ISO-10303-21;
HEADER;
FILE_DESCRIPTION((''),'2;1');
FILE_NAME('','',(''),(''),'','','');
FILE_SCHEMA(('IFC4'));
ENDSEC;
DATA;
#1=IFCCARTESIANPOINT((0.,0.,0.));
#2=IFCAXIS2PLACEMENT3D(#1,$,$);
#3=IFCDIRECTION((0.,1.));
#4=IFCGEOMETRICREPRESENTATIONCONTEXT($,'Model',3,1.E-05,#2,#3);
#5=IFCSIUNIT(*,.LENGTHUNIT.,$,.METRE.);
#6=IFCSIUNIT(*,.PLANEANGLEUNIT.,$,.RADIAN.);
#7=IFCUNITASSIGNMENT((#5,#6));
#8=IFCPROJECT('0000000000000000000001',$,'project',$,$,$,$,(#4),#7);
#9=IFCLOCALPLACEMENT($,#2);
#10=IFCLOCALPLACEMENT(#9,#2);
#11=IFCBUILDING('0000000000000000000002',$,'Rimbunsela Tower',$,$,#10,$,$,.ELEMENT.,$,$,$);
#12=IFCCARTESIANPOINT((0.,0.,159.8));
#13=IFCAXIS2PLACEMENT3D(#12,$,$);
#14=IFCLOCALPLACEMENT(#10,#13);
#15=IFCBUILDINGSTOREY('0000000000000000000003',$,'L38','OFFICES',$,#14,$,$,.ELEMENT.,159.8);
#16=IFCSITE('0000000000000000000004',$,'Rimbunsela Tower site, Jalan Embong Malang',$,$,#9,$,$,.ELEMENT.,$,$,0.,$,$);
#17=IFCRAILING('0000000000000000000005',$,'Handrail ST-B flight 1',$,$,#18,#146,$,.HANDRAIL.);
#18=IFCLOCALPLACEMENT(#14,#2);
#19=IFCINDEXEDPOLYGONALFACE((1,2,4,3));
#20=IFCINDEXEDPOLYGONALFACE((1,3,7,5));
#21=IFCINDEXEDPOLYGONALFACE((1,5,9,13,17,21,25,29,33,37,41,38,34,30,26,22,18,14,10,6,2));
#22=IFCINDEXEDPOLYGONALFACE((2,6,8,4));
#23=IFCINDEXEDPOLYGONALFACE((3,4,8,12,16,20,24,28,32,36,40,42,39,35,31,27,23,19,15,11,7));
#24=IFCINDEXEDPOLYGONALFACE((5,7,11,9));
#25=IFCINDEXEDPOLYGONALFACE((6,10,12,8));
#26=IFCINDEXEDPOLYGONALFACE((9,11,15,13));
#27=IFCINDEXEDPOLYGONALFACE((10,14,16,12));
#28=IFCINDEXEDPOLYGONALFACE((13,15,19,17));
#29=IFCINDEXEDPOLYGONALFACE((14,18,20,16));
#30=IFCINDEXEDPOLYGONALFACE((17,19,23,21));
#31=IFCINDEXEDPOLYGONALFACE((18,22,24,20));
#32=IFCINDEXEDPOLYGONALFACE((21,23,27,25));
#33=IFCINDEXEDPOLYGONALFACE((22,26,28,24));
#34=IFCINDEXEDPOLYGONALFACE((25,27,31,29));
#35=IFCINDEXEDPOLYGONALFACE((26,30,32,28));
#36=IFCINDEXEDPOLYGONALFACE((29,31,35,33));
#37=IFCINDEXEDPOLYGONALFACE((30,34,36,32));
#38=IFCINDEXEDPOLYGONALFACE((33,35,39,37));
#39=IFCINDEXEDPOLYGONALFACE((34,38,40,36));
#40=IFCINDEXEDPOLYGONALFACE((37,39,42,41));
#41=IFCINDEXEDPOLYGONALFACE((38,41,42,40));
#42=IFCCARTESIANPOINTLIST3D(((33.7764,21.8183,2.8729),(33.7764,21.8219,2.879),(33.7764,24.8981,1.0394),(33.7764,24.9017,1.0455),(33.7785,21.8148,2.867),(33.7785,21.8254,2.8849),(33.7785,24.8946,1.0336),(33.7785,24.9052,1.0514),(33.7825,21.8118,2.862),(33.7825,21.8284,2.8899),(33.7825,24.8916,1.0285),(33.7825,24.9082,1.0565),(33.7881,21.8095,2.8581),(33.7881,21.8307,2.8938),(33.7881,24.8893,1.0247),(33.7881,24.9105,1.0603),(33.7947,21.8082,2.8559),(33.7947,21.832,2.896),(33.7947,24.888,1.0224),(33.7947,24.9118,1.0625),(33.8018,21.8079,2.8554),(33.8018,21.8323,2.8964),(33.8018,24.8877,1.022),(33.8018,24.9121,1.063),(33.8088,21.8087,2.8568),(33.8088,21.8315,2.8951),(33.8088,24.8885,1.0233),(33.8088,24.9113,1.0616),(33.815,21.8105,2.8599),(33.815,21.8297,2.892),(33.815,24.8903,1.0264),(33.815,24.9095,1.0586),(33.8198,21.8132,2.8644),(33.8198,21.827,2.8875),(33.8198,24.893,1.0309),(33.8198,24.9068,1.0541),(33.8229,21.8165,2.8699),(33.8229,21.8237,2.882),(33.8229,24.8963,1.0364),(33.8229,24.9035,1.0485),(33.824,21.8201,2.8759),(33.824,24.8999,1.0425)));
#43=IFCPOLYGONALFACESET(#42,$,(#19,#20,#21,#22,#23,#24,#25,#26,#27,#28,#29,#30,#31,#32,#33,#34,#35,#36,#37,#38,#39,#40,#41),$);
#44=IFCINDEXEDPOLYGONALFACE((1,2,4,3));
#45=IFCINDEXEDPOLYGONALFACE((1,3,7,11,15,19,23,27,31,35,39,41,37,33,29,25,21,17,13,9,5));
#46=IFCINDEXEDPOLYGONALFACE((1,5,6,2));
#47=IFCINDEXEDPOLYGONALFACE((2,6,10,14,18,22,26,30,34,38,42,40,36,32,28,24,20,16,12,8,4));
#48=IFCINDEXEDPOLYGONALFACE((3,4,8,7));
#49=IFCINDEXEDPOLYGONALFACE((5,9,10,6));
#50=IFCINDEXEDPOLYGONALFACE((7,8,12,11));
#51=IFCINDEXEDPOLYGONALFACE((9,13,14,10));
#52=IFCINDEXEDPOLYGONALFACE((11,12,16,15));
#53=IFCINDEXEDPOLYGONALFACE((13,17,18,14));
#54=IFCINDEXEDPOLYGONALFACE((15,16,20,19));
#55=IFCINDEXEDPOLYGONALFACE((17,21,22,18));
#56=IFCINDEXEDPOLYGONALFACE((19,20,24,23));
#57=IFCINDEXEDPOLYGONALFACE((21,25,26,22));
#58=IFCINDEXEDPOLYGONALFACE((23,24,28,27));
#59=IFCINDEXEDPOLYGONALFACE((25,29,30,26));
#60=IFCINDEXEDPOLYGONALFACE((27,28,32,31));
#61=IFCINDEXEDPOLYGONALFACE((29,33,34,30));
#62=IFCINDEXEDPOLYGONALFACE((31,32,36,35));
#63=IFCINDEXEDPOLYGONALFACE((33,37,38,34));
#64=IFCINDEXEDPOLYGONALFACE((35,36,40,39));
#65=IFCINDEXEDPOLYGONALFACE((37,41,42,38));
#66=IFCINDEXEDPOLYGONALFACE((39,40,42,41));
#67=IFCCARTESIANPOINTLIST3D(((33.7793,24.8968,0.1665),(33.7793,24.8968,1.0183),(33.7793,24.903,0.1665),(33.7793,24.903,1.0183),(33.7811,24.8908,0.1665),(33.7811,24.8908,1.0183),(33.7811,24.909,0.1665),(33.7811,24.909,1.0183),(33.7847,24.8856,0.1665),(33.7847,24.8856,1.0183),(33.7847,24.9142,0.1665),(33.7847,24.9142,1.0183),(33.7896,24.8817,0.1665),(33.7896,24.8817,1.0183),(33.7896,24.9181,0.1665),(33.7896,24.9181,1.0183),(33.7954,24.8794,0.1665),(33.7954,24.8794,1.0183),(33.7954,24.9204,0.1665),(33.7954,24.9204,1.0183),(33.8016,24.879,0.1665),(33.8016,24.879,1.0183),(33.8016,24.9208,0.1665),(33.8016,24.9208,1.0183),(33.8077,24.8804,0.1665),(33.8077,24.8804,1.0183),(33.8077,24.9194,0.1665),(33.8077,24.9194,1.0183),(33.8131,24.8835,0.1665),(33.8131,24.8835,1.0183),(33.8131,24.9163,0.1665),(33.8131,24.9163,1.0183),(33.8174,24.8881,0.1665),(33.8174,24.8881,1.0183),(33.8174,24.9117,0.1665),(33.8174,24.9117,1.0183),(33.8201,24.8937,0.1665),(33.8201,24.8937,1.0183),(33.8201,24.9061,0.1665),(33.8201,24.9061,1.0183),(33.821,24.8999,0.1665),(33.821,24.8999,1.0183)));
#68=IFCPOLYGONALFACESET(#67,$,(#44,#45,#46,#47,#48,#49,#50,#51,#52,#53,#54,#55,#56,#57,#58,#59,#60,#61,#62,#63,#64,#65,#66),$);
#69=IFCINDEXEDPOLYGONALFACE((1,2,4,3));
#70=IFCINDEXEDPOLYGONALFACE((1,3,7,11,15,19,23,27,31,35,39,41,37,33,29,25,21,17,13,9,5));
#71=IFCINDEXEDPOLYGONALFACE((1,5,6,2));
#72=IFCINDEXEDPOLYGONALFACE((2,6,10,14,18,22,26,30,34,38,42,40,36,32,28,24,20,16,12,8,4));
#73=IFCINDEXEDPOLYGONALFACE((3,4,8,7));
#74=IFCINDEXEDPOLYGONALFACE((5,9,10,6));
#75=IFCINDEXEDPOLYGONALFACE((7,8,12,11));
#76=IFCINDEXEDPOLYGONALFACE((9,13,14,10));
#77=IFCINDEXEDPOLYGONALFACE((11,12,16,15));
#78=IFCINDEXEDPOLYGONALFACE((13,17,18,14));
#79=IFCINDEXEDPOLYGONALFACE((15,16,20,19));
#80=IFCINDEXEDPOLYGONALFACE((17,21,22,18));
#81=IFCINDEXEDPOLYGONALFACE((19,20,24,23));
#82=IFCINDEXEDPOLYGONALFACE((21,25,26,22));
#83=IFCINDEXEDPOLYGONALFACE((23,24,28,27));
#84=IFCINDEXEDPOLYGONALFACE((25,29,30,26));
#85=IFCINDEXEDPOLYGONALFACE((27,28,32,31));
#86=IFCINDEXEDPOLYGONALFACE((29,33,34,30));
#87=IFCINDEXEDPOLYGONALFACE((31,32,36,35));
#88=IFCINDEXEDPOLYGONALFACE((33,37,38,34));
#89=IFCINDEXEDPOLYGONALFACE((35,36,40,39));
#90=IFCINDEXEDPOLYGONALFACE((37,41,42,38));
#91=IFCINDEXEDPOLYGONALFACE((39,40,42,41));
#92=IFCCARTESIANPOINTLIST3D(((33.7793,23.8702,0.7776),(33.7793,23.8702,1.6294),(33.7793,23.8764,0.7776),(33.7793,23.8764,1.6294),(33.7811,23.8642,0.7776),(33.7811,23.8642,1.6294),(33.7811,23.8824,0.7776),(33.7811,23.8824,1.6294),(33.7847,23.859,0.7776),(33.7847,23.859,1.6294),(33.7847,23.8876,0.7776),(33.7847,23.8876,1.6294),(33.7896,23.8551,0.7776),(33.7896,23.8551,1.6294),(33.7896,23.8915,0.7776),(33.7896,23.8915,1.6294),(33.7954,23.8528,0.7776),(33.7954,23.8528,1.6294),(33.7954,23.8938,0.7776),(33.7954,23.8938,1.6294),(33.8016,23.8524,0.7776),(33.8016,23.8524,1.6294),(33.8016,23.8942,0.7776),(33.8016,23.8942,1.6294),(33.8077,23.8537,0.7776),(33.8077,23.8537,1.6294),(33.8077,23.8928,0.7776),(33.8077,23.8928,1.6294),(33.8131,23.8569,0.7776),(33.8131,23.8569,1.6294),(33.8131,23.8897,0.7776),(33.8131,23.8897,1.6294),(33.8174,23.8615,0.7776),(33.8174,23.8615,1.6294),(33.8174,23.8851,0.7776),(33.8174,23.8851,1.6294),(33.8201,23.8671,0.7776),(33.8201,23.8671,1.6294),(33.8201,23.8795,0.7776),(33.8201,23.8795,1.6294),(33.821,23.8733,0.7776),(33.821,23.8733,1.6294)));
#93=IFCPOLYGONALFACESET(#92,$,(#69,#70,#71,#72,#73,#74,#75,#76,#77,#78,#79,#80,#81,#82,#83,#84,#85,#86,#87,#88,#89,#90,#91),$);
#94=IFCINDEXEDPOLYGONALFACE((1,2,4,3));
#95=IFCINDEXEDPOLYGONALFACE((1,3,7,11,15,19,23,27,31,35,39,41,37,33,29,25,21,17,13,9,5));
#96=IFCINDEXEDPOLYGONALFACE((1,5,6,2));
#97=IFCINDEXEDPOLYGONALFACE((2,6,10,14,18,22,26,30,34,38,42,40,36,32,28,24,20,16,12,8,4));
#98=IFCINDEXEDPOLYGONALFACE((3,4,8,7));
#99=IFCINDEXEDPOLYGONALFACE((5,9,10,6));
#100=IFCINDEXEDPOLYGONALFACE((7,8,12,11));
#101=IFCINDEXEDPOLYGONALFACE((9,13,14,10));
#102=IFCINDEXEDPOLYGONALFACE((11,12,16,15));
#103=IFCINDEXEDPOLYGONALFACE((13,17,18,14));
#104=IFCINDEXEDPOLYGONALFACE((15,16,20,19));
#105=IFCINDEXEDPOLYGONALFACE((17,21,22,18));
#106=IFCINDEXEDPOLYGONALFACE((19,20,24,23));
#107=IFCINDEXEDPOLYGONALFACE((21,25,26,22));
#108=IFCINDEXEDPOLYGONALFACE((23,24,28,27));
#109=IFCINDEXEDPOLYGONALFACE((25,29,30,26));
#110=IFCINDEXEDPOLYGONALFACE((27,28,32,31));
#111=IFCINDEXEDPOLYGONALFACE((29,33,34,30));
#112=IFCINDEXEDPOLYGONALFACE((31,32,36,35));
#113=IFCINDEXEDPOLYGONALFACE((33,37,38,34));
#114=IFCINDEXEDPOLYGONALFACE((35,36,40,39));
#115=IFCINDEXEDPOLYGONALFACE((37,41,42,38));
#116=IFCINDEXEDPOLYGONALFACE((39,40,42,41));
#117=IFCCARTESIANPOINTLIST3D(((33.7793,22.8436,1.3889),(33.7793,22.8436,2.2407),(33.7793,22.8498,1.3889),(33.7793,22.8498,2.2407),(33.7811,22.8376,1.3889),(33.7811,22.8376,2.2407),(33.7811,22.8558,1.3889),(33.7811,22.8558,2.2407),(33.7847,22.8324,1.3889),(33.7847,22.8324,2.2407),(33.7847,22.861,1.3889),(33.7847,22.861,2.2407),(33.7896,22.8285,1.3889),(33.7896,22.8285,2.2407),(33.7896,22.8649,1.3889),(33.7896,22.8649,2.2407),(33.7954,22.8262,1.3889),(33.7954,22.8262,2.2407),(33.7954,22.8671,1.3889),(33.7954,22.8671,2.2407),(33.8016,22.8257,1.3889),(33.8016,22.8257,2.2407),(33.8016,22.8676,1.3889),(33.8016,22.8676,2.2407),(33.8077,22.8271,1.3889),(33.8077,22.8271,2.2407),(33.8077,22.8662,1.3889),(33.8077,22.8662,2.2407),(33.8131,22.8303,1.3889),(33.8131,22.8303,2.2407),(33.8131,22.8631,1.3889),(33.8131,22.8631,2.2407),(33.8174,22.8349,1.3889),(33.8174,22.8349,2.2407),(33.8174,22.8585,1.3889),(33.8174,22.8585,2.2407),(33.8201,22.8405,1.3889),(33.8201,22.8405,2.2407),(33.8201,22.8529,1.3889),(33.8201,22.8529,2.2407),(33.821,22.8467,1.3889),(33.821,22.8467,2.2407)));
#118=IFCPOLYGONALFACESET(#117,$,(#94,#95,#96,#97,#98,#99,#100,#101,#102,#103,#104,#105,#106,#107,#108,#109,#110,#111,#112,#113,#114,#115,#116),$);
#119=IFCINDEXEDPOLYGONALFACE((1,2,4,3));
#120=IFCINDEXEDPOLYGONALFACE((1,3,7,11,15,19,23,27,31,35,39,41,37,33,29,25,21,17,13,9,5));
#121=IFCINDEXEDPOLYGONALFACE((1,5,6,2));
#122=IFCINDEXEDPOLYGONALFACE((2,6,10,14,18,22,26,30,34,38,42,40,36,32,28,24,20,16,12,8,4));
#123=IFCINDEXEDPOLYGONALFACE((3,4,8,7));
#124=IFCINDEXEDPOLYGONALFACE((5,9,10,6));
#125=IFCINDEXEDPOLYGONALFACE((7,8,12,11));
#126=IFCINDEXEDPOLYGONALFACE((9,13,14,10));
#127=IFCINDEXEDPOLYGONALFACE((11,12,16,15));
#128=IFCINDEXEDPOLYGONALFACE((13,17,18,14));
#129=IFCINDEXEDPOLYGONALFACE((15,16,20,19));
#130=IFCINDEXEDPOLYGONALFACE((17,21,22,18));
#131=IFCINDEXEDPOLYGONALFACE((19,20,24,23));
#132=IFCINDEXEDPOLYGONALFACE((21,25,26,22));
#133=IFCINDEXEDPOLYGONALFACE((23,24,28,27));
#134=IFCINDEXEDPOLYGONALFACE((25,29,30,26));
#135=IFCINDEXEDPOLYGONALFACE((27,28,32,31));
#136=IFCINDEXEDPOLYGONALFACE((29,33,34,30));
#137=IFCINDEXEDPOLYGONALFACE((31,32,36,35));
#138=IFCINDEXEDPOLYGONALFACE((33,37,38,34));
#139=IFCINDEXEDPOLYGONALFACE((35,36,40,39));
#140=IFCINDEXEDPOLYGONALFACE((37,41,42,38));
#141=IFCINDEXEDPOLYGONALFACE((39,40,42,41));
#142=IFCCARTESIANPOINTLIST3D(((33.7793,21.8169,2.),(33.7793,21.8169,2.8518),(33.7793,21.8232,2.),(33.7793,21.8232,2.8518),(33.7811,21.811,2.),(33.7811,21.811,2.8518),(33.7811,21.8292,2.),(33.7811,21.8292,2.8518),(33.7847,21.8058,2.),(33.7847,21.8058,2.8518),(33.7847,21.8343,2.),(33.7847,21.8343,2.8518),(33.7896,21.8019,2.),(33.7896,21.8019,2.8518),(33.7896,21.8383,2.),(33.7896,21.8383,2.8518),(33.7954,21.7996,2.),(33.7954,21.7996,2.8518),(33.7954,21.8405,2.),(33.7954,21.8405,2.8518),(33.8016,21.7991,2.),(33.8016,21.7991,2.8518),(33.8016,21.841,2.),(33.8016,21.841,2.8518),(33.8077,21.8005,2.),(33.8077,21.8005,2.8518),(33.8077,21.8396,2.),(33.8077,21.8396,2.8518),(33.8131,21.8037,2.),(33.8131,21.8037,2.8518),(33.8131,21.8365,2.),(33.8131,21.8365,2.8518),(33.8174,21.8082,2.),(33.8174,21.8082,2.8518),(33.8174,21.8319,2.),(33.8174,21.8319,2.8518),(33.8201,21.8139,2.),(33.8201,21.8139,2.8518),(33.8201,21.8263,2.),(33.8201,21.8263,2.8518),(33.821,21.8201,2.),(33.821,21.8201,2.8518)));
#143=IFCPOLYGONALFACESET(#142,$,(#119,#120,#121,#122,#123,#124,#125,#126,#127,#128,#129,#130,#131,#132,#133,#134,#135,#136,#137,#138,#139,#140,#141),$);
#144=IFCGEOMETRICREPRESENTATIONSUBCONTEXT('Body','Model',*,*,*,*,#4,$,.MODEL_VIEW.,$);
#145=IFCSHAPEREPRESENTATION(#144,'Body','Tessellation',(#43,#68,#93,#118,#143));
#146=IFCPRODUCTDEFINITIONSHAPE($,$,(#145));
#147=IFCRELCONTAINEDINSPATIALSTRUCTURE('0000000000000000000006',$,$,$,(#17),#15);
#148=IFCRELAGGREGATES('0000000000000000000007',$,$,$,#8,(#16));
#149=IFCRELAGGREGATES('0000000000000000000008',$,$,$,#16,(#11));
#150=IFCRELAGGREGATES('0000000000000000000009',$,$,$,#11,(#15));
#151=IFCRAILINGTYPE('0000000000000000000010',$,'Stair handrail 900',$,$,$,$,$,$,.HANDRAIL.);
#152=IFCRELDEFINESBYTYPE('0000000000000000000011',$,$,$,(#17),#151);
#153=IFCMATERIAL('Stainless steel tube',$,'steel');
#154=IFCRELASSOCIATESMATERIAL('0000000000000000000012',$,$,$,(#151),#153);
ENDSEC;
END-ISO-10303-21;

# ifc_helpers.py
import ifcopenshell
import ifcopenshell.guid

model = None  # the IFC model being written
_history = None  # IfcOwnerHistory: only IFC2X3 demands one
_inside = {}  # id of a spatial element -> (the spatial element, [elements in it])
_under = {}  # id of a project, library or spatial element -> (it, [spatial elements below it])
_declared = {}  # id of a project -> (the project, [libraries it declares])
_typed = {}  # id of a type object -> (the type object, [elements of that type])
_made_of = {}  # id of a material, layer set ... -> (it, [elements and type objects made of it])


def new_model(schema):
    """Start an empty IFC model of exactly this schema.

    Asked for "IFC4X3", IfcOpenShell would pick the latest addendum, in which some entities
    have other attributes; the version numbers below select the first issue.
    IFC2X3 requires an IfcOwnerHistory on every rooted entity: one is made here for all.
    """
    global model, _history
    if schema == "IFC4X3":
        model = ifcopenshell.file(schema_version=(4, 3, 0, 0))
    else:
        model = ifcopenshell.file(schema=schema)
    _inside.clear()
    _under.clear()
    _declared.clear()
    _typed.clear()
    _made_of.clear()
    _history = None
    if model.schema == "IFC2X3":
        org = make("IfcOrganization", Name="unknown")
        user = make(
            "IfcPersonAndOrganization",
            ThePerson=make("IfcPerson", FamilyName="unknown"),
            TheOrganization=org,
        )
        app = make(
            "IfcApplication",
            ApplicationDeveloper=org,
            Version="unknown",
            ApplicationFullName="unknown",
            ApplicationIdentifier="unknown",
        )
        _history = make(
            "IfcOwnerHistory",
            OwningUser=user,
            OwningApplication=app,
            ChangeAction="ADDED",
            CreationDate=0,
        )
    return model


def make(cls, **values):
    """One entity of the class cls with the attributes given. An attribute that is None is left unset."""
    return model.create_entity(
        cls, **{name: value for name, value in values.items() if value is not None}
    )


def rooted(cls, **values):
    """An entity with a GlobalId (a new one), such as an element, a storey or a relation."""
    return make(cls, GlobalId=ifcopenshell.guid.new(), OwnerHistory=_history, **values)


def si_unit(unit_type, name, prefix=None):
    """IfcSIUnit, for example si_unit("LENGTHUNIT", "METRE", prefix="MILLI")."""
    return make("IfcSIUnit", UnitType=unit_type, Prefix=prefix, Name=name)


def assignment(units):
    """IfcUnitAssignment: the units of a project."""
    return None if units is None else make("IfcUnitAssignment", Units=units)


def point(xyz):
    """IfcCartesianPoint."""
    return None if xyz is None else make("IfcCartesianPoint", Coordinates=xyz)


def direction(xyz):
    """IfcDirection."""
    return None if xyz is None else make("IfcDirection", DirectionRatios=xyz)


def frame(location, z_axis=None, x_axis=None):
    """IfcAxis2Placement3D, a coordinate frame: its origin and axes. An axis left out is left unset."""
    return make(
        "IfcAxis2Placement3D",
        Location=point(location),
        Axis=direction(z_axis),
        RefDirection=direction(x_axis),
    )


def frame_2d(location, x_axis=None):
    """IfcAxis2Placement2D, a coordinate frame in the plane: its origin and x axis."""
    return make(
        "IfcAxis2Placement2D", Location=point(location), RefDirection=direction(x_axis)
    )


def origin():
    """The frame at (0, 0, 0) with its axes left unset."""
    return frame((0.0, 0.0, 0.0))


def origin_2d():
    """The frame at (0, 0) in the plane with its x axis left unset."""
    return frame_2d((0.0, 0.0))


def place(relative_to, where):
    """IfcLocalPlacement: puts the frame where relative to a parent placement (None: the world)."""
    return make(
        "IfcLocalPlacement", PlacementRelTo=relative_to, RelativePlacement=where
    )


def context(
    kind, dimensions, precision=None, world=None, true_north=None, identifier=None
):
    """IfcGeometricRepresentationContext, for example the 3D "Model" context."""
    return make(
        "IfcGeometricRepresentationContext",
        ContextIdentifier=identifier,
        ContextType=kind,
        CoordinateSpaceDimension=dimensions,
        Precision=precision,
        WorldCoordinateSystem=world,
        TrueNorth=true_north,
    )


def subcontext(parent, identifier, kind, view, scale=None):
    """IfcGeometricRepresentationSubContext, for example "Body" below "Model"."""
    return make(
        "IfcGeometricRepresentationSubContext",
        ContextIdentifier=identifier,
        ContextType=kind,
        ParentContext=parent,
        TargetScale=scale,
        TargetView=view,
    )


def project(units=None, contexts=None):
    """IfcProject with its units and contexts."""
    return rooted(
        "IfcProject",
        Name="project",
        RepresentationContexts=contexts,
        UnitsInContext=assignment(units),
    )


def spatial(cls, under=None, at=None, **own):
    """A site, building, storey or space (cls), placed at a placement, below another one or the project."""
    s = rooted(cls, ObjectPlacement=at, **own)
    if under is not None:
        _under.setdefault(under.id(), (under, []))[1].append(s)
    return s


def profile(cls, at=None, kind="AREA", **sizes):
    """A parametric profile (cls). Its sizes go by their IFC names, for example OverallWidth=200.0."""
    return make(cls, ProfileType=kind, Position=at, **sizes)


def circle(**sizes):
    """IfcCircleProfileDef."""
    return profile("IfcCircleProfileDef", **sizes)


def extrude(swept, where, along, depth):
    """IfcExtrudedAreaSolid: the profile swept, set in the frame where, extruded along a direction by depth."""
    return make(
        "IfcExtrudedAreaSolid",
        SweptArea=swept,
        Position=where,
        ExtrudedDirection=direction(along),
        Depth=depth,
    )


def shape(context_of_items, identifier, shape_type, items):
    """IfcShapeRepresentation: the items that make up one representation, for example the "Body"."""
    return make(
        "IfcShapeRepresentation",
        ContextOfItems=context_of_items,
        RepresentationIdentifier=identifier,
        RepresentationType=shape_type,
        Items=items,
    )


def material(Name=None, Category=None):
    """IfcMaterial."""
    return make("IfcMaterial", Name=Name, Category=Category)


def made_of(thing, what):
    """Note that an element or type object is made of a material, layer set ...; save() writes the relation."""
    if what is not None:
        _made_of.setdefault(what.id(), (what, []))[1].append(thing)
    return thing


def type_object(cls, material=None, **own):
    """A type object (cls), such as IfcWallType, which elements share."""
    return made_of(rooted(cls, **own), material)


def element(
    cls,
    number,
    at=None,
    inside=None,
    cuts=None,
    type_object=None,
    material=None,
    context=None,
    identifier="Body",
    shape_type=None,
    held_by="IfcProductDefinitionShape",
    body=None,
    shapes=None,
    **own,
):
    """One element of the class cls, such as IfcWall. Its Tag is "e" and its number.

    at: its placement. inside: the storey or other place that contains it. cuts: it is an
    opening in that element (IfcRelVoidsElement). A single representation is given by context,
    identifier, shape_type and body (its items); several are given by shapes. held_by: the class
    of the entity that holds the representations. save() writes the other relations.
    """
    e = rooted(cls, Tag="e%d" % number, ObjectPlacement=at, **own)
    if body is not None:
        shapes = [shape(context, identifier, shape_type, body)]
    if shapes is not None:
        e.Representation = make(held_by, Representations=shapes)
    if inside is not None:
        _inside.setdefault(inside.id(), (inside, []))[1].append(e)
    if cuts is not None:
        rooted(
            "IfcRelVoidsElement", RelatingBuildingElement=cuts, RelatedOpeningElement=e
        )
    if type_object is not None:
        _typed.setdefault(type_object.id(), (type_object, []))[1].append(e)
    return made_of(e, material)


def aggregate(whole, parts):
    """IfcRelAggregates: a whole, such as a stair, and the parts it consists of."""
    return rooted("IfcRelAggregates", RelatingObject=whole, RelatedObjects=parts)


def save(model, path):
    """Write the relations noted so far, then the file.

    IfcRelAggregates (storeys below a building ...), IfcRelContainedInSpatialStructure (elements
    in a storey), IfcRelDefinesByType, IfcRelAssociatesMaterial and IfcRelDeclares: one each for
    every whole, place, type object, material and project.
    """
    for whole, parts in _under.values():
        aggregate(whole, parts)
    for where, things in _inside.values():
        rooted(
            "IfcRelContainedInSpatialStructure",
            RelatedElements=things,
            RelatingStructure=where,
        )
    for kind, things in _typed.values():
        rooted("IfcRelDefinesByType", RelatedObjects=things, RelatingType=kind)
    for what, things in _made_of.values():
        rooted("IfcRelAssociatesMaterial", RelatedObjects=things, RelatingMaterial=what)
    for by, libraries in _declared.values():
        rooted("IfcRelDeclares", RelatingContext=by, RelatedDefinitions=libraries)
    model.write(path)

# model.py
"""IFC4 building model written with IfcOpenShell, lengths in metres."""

from ifc_helpers import new_model, si_unit, direction, frame, origin, origin_2d, place, context, subcontext, project, spatial, circle, extrude, material, type_object, element, save


model = new_model("IFC4")

# Units and contexts
model_context = context("Model", 3, precision=1e-05, world=origin(), true_north=direction((0.0, 1.0)))
body_context = subcontext(model_context, "Body", "Model", "MODEL_VIEW")
ifc_project = project(units=[si_unit("LENGTHUNIT", "METRE"), si_unit("PLANEANGLEUNIT", "RADIAN")], contexts=[model_context])

# Site, building, storey
site_placement = place(None, origin())
site = spatial("IfcSite", under=ifc_project, at=site_placement, Name="Rimbunsela Tower site, Jalan Embong Malang", CompositionType="ELEMENT", RefElevation=0.0)
building_placement = place(site_placement, origin())
building = spatial("IfcBuilding", under=site, at=building_placement, Name="Rimbunsela Tower", CompositionType="ELEMENT")
storey_placement = place(building_placement, frame((0.0, 0.0, 159.8)))
storey = spatial("IfcBuildingStorey", under=building, at=storey_placement, Name="L38", Description="OFFICES", CompositionType="ELEMENT", Elevation=159.8)

# Railing
ifc_material_1 = material(Name="Stainless steel tube", Category="steel")
railing_type = type_object("IfcRailingType", Name="Stair handrail 900", PredefinedType="HANDRAIL", material=ifc_material_1)
for number, where, name in (
    (1, (33.8, 24.8999, 0.1665), "Handrail ST-B flight 1"),
):
    element("IfcRailing", number, at=place(storey_placement, frame(where)), inside=storey, type_object=railing_type, Name=name, PredefinedType="HANDRAIL", context=body_context, shape_type="SweptSolid", body=[
        extrude(circle(Radius=0.0239, at=origin_2d()), frame((0.0, 0.0, 0.876), z_axis=(0.0, -0.859261, 0.511538), x_axis=(1.0, 0.0, 0.0)), (0.0, 0.0, 1.0), 3.5842),
        extrude(circle(Radius=0.021, at=origin_2d()), origin(), (0.0, 0.0, 1.0), 0.8518),
        extrude(circle(Radius=0.021, at=origin_2d()), frame((0.0, -1.0266, 0.6111)), (0.0, 0.0, 1.0), 0.8518),
        extrude(circle(Radius=0.021, at=origin_2d()), frame((0.0, -2.0532, 1.2224)), (0.0, 0.0, 1.0), 0.8518),
        extrude(circle(Radius=0.021, at=origin_2d()), frame((0.0, -3.0798, 1.8335)), (0.0, 0.0, 1.0), 0.8518),
    ])

save(model, "model.ifc")
